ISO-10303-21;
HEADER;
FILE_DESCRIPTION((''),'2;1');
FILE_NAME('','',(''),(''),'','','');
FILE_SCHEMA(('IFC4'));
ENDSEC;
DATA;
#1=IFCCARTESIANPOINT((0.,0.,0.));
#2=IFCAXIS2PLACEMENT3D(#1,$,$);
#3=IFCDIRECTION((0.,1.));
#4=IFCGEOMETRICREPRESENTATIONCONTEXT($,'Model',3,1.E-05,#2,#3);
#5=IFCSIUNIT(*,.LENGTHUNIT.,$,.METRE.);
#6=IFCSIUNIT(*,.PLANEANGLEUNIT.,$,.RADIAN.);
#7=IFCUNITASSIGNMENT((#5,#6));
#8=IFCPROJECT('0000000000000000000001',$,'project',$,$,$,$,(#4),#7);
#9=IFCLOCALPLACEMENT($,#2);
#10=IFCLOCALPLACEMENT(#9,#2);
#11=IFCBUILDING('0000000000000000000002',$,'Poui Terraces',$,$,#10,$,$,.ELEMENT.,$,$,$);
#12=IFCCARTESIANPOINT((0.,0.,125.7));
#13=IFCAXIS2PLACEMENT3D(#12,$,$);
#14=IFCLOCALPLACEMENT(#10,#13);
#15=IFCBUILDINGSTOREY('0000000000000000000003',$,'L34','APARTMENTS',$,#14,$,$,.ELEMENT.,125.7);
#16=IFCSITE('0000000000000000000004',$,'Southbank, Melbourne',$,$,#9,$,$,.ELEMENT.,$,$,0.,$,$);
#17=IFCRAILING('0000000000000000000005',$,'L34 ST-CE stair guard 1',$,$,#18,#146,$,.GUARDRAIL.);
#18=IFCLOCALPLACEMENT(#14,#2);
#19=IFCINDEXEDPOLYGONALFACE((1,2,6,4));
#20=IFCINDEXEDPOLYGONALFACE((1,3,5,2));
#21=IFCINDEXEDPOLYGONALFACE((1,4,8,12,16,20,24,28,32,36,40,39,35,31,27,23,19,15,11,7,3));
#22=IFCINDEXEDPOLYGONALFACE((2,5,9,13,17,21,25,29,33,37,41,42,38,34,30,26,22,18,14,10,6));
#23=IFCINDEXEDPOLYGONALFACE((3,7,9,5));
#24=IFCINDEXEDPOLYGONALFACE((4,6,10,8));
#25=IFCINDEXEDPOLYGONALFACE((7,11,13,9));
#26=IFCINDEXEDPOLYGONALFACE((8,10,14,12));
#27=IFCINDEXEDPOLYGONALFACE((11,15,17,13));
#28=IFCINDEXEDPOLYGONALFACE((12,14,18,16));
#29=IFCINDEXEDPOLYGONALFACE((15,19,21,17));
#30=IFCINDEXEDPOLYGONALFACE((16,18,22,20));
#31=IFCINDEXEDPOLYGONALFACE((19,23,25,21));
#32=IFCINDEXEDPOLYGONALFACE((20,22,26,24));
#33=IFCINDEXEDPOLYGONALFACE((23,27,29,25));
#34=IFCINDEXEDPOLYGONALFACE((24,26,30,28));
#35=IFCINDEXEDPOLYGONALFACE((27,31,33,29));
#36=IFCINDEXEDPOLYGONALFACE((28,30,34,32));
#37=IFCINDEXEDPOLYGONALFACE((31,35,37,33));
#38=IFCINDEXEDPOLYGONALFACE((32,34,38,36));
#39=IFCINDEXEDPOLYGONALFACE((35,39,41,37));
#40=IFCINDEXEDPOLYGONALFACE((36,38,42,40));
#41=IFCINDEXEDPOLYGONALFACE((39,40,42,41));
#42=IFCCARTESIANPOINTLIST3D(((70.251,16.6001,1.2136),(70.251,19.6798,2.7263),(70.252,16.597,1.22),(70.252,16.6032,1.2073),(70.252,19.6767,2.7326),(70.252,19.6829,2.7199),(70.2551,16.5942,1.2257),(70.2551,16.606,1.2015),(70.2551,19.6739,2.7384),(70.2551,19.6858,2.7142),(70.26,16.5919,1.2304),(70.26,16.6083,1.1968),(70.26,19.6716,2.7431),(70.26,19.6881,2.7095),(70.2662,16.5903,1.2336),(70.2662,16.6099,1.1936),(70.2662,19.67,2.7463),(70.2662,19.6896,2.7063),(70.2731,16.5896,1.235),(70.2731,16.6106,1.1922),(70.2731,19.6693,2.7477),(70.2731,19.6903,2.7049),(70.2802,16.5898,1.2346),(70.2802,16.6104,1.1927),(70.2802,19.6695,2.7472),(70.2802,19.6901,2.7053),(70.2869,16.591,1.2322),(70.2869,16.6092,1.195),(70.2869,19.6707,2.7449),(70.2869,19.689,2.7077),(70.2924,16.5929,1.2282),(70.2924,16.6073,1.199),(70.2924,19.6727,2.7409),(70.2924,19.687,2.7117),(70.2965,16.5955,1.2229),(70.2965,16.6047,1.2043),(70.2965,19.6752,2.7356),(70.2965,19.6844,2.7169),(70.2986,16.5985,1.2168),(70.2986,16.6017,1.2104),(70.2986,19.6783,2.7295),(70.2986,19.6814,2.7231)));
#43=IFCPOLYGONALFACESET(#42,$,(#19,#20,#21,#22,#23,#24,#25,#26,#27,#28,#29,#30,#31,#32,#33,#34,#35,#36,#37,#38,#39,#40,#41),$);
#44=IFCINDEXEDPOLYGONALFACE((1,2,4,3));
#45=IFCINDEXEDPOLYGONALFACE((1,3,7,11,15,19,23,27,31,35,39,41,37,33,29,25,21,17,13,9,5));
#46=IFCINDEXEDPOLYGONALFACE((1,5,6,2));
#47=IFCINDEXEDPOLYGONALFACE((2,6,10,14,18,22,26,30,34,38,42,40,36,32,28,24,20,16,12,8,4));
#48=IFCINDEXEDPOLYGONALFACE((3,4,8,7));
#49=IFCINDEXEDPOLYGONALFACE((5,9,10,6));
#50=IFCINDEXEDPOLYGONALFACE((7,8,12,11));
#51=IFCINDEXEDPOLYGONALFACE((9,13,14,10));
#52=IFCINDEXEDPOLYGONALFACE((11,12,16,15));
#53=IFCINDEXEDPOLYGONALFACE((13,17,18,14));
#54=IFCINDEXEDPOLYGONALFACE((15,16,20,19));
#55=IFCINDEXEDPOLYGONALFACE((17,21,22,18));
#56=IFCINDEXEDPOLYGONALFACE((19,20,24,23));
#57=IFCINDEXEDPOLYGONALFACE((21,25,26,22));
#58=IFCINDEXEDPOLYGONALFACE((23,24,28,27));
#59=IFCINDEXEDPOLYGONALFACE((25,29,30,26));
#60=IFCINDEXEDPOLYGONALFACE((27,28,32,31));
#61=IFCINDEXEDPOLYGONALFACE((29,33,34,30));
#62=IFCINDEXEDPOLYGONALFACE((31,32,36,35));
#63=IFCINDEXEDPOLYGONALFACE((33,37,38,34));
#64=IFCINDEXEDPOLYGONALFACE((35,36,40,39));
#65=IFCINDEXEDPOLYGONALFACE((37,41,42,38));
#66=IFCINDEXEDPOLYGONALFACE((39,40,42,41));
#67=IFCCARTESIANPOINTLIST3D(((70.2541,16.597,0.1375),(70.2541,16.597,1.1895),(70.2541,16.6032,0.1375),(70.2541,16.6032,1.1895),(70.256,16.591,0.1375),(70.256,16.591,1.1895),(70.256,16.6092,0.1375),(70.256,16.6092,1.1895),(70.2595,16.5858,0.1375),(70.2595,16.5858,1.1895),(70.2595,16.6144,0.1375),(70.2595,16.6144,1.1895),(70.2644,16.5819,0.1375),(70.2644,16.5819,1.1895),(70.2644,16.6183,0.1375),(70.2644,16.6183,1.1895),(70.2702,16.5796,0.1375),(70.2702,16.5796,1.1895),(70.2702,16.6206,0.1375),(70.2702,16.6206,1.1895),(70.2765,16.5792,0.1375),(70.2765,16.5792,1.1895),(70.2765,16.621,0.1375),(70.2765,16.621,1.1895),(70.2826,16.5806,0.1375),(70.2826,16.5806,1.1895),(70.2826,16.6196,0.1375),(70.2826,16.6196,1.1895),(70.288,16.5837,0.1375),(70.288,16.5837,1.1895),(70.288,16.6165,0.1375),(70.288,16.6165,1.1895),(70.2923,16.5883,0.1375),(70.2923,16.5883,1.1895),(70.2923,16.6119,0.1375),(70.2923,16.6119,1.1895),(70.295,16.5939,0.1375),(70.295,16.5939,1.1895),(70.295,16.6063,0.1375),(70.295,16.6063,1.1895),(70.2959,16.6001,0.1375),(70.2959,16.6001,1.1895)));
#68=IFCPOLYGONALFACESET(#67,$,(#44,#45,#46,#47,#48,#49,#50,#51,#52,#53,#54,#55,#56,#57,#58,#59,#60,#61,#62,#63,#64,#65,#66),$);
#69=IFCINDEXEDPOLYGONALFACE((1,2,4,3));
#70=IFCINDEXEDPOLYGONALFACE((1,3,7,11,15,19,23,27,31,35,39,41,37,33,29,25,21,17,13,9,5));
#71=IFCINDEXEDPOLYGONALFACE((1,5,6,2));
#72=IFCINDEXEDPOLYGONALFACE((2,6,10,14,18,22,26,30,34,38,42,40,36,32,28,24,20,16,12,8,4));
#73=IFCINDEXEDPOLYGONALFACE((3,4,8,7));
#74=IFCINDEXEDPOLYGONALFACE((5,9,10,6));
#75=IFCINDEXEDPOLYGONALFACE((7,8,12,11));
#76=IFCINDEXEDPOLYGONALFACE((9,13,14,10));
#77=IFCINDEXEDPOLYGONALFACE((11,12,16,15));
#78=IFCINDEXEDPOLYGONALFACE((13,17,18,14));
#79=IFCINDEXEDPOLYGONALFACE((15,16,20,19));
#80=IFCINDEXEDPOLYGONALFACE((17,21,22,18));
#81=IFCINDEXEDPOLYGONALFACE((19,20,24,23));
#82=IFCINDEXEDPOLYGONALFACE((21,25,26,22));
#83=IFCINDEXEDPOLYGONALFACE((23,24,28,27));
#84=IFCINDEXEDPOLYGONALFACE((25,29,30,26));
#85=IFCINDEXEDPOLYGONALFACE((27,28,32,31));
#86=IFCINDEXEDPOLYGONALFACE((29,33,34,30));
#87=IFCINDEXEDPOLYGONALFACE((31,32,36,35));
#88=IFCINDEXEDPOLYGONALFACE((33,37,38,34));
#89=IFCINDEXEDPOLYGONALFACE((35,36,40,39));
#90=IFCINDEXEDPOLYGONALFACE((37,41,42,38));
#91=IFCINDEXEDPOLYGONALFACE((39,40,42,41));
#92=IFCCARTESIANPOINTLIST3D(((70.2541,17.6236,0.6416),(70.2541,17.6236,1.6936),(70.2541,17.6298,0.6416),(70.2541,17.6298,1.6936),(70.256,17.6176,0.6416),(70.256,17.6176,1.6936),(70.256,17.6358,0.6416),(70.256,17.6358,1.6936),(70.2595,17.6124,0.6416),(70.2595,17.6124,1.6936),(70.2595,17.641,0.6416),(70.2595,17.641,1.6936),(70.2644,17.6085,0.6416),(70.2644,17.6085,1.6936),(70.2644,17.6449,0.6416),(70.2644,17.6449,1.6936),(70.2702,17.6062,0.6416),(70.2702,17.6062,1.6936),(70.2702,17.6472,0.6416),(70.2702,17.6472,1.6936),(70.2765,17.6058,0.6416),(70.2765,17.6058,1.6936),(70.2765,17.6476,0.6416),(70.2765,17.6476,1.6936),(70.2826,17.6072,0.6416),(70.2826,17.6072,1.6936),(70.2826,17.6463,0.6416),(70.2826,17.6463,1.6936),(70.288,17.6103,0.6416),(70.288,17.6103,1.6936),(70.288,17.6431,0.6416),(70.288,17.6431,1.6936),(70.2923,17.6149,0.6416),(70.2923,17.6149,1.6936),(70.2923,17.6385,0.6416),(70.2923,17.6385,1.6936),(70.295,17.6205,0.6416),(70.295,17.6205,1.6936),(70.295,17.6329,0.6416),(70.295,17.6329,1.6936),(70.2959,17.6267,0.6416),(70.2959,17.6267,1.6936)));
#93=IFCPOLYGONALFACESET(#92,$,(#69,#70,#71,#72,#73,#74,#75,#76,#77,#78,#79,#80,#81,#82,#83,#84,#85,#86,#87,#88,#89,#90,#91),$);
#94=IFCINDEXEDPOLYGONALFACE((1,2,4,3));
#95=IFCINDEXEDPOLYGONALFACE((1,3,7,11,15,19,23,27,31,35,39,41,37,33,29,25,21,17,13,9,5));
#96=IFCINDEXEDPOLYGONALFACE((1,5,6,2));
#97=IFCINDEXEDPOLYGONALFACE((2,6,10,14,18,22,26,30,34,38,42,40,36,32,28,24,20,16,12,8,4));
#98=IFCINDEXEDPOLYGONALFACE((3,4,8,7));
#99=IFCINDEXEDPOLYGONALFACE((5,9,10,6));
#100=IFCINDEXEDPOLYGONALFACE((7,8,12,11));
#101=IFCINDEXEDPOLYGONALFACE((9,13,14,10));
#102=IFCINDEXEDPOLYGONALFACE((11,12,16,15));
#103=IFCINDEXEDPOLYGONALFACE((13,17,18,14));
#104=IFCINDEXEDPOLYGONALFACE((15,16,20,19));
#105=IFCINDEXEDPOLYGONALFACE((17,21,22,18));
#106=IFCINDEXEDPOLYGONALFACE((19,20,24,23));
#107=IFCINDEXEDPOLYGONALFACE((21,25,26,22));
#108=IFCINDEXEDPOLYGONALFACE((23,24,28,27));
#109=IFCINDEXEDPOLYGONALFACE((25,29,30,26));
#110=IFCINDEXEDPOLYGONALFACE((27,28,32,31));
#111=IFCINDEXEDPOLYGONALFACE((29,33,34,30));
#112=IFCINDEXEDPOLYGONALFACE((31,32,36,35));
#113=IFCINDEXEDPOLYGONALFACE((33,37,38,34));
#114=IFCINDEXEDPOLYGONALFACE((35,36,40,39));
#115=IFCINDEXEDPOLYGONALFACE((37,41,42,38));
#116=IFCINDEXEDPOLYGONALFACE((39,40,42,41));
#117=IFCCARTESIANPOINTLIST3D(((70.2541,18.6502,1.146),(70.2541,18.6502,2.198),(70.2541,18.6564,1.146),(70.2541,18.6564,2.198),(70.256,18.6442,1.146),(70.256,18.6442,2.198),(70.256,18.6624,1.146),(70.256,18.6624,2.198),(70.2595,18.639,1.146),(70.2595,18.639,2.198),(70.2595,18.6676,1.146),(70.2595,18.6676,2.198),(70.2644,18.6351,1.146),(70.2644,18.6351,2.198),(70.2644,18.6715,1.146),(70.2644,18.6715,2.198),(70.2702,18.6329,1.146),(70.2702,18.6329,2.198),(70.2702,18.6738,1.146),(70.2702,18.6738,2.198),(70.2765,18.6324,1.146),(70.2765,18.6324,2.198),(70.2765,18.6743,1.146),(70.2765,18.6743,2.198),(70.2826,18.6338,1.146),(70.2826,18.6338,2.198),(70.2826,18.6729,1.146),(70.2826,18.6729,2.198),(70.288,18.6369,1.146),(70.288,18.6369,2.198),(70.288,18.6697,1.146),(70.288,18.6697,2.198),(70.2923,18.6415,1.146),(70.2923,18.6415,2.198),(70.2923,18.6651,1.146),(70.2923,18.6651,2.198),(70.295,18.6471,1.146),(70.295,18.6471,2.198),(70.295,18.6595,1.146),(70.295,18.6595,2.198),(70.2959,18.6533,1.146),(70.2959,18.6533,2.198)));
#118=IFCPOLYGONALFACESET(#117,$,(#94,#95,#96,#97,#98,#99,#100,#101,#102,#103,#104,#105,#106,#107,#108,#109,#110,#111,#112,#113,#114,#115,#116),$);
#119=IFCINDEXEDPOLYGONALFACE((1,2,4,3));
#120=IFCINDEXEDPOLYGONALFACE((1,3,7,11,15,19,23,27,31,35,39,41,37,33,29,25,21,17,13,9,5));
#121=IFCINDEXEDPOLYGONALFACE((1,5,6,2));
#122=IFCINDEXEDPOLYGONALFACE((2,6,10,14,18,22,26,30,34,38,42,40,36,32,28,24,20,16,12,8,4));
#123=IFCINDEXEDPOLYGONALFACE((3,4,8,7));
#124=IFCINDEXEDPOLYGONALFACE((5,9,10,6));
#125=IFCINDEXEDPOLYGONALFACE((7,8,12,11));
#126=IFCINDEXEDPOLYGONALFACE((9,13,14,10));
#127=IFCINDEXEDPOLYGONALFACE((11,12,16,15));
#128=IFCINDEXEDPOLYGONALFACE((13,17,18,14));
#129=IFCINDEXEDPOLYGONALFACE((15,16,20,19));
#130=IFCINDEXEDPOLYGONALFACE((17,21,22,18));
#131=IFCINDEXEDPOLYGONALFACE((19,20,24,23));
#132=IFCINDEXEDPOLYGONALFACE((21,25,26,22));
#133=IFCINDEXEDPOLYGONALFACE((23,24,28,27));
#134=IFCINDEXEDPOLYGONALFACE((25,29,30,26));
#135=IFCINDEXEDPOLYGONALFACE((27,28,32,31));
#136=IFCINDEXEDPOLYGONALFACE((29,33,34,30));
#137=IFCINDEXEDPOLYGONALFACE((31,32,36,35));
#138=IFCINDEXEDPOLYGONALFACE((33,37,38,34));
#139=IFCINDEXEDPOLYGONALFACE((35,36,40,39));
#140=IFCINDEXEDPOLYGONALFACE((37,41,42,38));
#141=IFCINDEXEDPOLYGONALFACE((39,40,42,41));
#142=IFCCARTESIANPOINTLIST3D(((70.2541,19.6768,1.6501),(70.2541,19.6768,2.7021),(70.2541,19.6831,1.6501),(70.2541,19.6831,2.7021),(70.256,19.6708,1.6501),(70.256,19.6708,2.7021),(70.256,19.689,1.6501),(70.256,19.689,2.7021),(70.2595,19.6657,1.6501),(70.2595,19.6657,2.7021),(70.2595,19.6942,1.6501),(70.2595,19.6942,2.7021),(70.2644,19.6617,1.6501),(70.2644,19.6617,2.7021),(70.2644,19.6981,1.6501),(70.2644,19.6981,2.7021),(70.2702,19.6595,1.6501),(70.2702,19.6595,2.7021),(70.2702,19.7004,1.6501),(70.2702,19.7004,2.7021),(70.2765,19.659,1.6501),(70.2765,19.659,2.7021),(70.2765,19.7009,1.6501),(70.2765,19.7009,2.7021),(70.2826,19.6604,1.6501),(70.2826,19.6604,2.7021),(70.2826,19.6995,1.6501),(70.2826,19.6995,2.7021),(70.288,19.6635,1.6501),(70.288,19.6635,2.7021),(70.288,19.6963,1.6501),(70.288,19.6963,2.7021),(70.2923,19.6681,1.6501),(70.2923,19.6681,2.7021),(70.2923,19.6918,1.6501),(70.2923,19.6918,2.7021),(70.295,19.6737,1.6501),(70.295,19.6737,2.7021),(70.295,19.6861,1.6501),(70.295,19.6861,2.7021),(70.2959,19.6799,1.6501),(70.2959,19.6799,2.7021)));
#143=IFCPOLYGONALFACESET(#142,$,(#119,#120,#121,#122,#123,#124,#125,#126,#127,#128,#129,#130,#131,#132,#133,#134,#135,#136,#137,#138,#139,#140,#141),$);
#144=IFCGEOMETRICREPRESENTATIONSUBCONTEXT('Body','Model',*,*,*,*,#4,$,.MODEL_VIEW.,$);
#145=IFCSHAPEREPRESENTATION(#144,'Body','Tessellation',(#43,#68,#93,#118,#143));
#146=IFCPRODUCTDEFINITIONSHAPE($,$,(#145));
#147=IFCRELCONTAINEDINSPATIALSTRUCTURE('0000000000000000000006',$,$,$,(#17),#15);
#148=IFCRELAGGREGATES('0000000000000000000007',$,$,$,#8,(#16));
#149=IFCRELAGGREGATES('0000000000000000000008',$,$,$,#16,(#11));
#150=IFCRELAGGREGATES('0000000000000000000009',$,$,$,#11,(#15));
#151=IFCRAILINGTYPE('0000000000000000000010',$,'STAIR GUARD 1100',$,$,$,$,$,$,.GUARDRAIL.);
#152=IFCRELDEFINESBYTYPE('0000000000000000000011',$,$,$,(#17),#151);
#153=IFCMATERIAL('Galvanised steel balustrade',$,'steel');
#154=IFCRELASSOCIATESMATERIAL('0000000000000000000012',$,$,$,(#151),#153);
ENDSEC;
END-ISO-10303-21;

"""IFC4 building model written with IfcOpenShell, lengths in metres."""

from ifc_helpers import new_model, si_unit, direction, frame, origin, origin_2d, place, context, subcontext, project, spatial, circle, extrude, material, type_object, element, save


model = new_model("IFC4")

# Units and contexts
model_context = context("Model", 3, precision=1e-05, world=origin(), true_north=direction((0.0, 1.0)))
body_context = subcontext(model_context, "Body", "Model", "MODEL_VIEW")
ifc_project = project(units=[si_unit("LENGTHUNIT", "METRE"), si_unit("PLANEANGLEUNIT", "RADIAN")], contexts=[model_context])

# Site, building, storey
site_placement = place(None, origin())
site = spatial("IfcSite", under=ifc_project, at=site_placement, Name="Southbank, Melbourne", CompositionType="ELEMENT", RefElevation=0.0)
building_placement = place(site_placement, origin())
building = spatial("IfcBuilding", under=site, at=building_placement, Name="Poui Terraces", CompositionType="ELEMENT")
storey_placement = place(building_placement, frame((0.0, 0.0, 125.7)))
storey = spatial("IfcBuildingStorey", under=building, at=storey_placement, Name="L34", Description="APARTMENTS", CompositionType="ELEMENT", Elevation=125.7)

# Railing
ifc_material_1 = material(Name="Galvanised steel balustrade", Category="steel")
railing_type_1 = type_object("IfcRailingType", Name="STAIR GUARD 1100", PredefinedType="GUARDRAIL", material=ifc_material_1)
railing_1_placement = place(storey_placement, frame((70.2749, 16.6001, 0.1375)))
element("IfcRailing", 1, at=railing_1_placement, inside=storey, type_object=railing_type_1, Name="L34 ST-CE stair guard 1", PredefinedType="GUARDRAIL", context=body_context, shape_type="SweptSolid", body=[
    extrude(circle(Radius=0.0239, at=origin_2d()), frame((0.0, 0.0, 1.0762), z_axis=(0.0, 0.897578, 0.440856), x_axis=(-1.0, 0.0, 0.0)), (0.0, 0.0, 1.0), 3.4312),
    extrude(circle(Radius=0.021, at=origin_2d()), origin(), (0.0, 0.0, 1.0), 1.052),
    extrude(circle(Radius=0.021, at=origin_2d()), frame((0.0, 1.0266, 0.5042)), (0.0, 0.0, 1.0), 1.052),
    extrude(circle(Radius=0.021, at=origin_2d()), frame((0.0, 2.0532, 1.0085)), (0.0, 0.0, 1.0), 1.052),
    extrude(circle(Radius=0.021, at=origin_2d()), frame((0.0, 3.0798, 1.5127)), (0.0, 0.0, 1.0), 1.052),
])

save(model, "model.ifc")
